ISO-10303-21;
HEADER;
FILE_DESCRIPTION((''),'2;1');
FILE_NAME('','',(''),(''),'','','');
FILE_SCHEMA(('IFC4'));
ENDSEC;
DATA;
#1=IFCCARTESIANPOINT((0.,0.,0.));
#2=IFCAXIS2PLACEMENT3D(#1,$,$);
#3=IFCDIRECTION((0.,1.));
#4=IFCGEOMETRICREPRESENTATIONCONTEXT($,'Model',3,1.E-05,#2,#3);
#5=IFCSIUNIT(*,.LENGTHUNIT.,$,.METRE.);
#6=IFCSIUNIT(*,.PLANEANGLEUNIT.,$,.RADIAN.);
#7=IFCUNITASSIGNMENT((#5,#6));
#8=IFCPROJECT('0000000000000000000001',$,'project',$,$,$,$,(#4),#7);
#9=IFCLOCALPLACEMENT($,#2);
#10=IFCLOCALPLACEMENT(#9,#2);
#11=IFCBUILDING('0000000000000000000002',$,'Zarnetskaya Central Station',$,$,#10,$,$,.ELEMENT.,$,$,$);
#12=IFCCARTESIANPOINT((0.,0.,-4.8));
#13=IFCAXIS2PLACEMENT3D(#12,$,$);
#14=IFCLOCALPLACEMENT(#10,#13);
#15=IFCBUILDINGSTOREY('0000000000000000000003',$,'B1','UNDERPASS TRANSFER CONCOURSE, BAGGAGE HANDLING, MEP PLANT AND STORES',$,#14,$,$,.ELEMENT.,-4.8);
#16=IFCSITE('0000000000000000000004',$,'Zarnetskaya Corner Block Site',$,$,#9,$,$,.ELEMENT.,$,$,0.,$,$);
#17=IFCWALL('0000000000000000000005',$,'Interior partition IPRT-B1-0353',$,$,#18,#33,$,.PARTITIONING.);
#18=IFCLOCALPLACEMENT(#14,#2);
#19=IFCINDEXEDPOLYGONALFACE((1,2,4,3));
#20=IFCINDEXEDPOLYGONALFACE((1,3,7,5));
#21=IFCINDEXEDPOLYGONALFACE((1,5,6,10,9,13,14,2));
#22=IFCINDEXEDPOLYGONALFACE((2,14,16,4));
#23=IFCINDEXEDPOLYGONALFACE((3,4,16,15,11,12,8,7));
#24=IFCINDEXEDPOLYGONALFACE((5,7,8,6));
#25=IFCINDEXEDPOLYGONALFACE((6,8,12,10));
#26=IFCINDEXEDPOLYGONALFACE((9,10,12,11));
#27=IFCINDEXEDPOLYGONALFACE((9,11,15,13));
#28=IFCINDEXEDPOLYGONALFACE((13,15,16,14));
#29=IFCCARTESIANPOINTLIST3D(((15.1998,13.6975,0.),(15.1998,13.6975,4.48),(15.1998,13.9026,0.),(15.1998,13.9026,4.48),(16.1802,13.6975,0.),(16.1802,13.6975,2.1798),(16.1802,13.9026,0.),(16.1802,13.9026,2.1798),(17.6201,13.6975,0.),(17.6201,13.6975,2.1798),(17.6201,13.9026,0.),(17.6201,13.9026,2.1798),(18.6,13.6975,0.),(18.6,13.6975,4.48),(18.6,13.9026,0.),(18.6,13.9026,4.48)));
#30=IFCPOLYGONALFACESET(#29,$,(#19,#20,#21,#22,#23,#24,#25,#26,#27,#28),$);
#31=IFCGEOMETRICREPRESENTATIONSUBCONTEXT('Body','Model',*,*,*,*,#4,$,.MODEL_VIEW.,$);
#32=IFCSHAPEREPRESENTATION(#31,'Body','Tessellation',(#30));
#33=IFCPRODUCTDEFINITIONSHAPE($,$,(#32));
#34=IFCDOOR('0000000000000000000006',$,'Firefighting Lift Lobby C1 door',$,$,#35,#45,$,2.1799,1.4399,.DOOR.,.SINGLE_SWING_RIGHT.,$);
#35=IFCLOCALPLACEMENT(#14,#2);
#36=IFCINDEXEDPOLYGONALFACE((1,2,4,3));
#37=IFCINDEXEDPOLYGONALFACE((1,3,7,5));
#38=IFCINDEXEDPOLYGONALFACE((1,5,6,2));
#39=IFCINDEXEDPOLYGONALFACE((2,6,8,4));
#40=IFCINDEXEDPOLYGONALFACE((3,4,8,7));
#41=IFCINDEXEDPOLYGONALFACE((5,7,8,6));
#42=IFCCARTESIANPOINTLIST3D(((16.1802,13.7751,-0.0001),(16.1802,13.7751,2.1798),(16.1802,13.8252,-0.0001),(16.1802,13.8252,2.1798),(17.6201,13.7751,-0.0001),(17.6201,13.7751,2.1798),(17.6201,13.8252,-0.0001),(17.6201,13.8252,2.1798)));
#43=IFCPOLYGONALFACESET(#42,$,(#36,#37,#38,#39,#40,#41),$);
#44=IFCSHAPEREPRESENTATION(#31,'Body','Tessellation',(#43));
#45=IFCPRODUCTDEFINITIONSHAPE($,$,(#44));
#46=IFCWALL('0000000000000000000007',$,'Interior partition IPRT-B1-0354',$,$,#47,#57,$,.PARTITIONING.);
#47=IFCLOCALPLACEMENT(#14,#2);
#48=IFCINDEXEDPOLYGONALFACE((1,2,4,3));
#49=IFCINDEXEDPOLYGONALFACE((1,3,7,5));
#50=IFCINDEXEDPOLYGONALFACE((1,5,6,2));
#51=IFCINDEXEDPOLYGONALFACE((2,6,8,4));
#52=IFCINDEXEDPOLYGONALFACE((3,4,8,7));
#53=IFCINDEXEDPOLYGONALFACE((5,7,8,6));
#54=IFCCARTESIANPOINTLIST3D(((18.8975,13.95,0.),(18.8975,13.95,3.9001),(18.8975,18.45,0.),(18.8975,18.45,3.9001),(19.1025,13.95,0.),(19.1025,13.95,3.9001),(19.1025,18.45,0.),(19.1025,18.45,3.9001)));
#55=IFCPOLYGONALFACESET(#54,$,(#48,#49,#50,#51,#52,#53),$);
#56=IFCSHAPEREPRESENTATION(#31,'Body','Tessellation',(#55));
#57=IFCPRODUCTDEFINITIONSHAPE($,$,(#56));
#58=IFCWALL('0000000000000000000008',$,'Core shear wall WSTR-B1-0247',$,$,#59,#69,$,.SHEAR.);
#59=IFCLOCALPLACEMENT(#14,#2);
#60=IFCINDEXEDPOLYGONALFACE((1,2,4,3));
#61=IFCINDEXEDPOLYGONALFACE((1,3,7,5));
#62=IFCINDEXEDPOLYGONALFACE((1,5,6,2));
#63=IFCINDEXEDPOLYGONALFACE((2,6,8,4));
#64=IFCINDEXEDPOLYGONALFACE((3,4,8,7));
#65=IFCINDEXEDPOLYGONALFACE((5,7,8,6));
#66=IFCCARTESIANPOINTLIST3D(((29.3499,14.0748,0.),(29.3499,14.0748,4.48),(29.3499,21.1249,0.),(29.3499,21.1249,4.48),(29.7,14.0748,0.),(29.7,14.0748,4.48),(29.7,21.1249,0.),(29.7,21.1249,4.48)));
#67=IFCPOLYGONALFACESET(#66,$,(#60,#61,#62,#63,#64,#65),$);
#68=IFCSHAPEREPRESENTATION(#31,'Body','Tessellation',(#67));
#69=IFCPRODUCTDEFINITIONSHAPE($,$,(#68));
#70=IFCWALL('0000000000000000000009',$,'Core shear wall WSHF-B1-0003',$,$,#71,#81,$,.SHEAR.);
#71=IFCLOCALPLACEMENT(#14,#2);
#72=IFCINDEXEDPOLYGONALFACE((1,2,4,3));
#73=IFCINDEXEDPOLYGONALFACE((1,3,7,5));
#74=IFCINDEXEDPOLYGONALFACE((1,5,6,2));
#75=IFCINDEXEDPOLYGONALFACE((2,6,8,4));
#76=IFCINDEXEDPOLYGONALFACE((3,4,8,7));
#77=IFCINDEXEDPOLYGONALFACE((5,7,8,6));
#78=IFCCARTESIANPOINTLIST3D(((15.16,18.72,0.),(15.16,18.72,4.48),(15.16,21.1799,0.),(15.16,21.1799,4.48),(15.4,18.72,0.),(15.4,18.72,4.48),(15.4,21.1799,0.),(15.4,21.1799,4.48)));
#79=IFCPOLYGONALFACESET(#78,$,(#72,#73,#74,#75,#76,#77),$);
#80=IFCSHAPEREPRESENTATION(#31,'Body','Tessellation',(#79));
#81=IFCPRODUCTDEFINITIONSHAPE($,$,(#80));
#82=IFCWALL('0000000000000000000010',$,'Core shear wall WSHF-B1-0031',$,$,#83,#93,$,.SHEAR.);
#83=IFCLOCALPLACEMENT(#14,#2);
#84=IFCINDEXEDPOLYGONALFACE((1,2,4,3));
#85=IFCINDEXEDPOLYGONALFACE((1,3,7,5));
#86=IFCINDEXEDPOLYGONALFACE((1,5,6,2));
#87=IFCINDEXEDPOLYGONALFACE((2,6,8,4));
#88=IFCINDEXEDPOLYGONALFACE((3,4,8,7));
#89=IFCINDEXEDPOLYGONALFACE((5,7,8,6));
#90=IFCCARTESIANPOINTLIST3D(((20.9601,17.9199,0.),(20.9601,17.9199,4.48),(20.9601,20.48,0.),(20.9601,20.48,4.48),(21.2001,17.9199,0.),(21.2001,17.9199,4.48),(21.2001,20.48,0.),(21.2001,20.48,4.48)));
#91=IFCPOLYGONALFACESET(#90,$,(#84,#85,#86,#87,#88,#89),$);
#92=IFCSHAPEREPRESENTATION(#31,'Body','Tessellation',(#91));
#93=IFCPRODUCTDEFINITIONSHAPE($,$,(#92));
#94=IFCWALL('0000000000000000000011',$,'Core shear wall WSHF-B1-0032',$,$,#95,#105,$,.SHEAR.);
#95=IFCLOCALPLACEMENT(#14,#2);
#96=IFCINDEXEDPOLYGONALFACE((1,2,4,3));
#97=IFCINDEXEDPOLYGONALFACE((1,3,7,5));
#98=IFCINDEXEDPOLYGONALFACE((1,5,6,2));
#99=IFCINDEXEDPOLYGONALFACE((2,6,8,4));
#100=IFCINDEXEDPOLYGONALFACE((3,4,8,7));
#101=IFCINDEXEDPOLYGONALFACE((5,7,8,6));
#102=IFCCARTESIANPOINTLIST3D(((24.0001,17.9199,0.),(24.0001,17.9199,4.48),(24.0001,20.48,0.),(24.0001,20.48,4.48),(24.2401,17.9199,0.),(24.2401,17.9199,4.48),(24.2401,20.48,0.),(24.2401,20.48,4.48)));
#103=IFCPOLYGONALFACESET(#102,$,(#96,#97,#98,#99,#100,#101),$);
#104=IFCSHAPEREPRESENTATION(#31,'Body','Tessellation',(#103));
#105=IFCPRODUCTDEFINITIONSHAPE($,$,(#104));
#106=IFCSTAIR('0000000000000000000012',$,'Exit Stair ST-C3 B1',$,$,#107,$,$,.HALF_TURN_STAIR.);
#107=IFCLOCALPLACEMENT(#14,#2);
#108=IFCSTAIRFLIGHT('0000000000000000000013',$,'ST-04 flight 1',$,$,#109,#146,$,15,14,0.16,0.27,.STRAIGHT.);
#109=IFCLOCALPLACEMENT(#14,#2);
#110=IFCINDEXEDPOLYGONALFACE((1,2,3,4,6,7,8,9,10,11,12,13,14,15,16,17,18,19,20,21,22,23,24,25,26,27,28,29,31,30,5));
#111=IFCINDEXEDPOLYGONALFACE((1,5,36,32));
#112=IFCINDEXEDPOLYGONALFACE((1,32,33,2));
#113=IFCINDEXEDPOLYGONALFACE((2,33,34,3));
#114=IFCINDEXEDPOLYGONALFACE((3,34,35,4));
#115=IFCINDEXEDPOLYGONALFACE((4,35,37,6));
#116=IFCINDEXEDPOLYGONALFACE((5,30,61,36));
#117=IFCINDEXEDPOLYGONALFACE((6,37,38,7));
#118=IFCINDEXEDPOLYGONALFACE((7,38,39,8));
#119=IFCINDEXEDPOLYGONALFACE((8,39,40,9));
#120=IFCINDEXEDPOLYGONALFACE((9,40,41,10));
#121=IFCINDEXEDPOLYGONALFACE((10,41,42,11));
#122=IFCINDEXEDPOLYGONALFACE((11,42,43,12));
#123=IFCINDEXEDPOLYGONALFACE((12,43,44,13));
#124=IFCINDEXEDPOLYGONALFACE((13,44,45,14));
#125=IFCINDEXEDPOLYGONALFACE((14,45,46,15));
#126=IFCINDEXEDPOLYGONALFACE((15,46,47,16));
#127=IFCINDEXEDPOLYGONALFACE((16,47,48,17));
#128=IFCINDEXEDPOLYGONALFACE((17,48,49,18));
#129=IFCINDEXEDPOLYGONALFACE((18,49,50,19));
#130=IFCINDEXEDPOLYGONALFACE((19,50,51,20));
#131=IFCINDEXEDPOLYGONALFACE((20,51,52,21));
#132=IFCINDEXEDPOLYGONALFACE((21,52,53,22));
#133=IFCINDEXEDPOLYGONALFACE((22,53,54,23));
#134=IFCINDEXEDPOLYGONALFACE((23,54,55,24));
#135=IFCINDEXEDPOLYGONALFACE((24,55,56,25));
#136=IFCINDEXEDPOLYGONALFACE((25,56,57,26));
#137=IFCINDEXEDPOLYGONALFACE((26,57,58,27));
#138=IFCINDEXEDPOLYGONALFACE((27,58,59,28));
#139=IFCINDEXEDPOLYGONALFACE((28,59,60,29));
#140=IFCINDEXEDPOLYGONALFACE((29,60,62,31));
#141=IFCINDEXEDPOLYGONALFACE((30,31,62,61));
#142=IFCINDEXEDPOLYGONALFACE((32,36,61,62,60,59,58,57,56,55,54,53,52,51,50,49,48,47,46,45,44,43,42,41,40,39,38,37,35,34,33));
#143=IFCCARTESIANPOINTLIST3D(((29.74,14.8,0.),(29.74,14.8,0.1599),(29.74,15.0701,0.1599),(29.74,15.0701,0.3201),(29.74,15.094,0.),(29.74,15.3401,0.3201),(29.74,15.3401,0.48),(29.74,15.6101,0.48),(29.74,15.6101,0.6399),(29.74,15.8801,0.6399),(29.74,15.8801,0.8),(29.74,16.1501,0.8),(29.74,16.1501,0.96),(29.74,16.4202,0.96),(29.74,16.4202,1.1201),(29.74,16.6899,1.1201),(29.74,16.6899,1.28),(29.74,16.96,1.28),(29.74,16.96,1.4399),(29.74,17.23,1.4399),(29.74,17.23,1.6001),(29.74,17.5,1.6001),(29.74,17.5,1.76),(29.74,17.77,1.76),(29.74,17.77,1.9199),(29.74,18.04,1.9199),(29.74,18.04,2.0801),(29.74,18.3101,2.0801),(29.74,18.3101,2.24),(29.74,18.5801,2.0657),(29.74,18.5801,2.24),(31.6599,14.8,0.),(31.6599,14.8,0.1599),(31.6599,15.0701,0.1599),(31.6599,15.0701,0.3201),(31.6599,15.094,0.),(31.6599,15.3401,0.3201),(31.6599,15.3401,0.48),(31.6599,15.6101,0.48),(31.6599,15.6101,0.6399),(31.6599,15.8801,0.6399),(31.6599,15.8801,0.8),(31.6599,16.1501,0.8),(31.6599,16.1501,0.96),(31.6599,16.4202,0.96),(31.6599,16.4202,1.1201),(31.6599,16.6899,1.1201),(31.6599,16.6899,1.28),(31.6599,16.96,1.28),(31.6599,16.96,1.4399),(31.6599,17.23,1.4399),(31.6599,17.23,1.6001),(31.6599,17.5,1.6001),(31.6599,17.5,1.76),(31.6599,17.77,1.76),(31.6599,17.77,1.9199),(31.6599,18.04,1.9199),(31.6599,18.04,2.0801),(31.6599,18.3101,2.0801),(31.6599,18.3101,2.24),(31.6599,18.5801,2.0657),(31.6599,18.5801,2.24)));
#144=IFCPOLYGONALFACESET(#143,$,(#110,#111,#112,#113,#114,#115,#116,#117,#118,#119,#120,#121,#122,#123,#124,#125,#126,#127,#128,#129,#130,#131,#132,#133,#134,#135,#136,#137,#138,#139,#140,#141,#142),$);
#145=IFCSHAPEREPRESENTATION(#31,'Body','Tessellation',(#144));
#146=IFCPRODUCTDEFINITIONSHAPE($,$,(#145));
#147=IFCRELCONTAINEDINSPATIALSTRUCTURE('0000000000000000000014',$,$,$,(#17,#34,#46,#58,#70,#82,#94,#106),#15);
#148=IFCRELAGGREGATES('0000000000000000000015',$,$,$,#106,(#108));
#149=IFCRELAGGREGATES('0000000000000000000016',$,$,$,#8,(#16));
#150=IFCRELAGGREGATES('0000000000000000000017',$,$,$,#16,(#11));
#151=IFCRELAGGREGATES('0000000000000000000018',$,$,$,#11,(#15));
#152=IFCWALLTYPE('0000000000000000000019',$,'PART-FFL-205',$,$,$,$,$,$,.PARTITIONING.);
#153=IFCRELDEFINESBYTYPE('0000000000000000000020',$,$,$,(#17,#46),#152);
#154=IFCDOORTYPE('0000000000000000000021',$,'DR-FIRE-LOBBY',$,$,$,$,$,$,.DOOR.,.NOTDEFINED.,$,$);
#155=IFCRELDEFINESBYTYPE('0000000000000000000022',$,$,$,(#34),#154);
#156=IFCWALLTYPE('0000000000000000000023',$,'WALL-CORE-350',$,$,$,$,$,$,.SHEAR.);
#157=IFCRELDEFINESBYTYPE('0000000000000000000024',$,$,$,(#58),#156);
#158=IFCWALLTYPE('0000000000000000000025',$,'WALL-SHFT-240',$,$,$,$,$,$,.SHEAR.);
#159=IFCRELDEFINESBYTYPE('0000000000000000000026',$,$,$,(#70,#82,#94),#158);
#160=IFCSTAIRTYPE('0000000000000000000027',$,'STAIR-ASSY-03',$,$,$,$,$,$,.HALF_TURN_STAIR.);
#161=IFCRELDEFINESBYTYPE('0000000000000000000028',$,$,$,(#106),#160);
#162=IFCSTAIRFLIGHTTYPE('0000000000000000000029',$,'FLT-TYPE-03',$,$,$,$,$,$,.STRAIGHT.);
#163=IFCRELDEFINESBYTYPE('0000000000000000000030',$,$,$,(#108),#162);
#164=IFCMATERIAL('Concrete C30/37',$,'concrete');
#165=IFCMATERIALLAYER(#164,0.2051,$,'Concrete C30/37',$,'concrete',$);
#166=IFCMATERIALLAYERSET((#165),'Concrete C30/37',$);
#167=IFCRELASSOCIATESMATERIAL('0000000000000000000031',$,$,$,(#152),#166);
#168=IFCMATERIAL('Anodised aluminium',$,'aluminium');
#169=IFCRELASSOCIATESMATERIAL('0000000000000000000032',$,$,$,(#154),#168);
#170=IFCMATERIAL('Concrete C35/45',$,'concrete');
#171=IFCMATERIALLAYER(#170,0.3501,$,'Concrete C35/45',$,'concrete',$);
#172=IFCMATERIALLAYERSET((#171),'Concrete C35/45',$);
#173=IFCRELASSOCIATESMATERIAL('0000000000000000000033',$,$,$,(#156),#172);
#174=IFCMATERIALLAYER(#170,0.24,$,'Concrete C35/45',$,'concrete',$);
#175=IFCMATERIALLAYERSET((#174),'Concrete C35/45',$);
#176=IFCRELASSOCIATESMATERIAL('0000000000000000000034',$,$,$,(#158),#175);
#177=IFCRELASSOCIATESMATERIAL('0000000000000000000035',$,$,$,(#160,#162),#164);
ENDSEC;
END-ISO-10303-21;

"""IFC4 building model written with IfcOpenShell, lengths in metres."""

from ifc_helpers import new_model, si_unit, direction, frame, frame_2d, origin, place, context, subcontext, project, spatial, polyline, rectangle, outline, extrude, material, layer, layer_set, type_object, element, fill, aggregate, save


model = new_model("IFC4")

# Units and contexts
model_context = context("Model", 3, precision=1e-05, world=origin(), true_north=direction((0.0, 1.0)))
body_context = subcontext(model_context, "Body", "Model", "MODEL_VIEW")
ifc_project = project(units=[si_unit("LENGTHUNIT", "METRE"), si_unit("PLANEANGLEUNIT", "RADIAN")], contexts=[model_context])

# Site, building, storey
site_placement = place(None, origin())
site = spatial("IfcSite", under=ifc_project, at=site_placement, Name="Zarnetskaya Corner Block Site", CompositionType="ELEMENT", RefElevation=0.0)
building_placement = place(site_placement, origin())
building = spatial("IfcBuilding", under=site, at=building_placement, Name="Zarnetskaya Central Station", CompositionType="ELEMENT")
storey_placement = place(building_placement, frame((0.0, 0.0, -4.8)))
storey = spatial("IfcBuildingStorey", under=building, at=storey_placement, Name="B1", Description="UNDERPASS TRANSFER CONCOURSE, BAGGAGE HANDLING, MEP PLANT AND STORES", CompositionType="ELEMENT", Elevation=-4.8)

# Shared definitions
ifc_material_1 = material(Name="Concrete C35/45", Category="concrete")

# Wall, opening, door
ifc_material_2 = material(Name="Concrete C30/37", Category="concrete")
ifc_layer_1 = layer(ifc_material_2, 0.2051, Name="Concrete C30/37", Category="concrete")
ifc_layer_set_1 = layer_set([ifc_layer_1], Name="Concrete C30/37")
wall_type_1 = type_object("IfcWallType", Name="PART-FFL-205", PredefinedType="PARTITIONING", material=ifc_layer_set_1)
wall_1_placement = place(storey_placement, frame((18.6001, 13.8, 0.0), z_axis=(0.0, 0.0, 1.0), x_axis=(-1.0, 0.0, 0.0)))
wall_1 = element("IfcWall", 1, at=wall_1_placement, inside=storey, type_object=wall_type_1, Name="Interior partition IPRT-B1-0353", PredefinedType="PARTITIONING", context=body_context, shape_type="SweptSolid", body=[
    extrude(rectangle(XDim=3.4001, YDim=0.2051, at=frame_2d((1.7002, 0.0))), origin(), (0.0, 0.0, 1.0), 4.48),
])
opening_1_placement = place(wall_1_placement, frame((0.98, 0.0, 0.0)))
opening_1 = element("IfcOpeningElement", 2, at=opening_1_placement, cuts=wall_1, PredefinedType="OPENING", context=body_context, shape_type="SweptSolid", body=[
    extrude(rectangle(XDim=1.4399, YDim=2.1799, at=frame_2d((0.72, 1.0898))), frame((0.0, 0.1125, 0.0), z_axis=(0.0, -1.0, 0.0), x_axis=(1.0, 0.0, 0.0)), (0.0, 0.0, 1.0), 0.2251),
])
ifc_material_3 = material(Name="Anodised aluminium", Category="aluminium")
door_type_1 = type_object("IfcDoorType", Name="DR-FIRE-LOBBY", OperationType="NOTDEFINED", PredefinedType="DOOR", material=ifc_material_3)
door_1_placement = place(opening_1_placement, origin())
door_1 = element("IfcDoor", 3, at=door_1_placement, inside=storey, type_object=door_type_1, Name="Firefighting Lift Lobby C1 door", OperationType="SINGLE_SWING_RIGHT", OverallHeight=2.1799, OverallWidth=1.4399, PredefinedType="DOOR", context=body_context, shape_type="SweptSolid", body=[
    extrude(rectangle(XDim=1.4399, YDim=2.1799, at=frame_2d((0.72, 1.0898))), frame((0.0, 0.0249, 0.0), z_axis=(0.0, -1.0, 0.0), x_axis=(1.0, 0.0, 0.0)), (0.0, 0.0, 1.0), 0.05),
])
fill(opening_1, door_1)

# Walls
wall_2_placement = place(storey_placement, frame((19.0, 18.45, 0.0), z_axis=(0.0, 0.0, 1.0), x_axis=(0.0, -1.0, 0.0)))
element("IfcWall", 4, at=wall_2_placement, inside=storey, type_object=wall_type_1, Name="Interior partition IPRT-B1-0354", PredefinedType="PARTITIONING", context=body_context, shape_type="SweptSolid", body=[
    extrude(rectangle(XDim=4.5, YDim=0.2051, at=frame_2d((2.25, 0.0))), origin(), (0.0, 0.0, 1.0), 3.9001),
])
ifc_layer_2 = layer(ifc_material_1, 0.3501, Name="Concrete C35/45", Category="concrete")
ifc_layer_set_2 = layer_set([ifc_layer_2], Name="Concrete C35/45")
wall_type_2 = type_object("IfcWallType", Name="WALL-CORE-350", PredefinedType="SHEAR", material=ifc_layer_set_2)
wall_3_placement = place(storey_placement, frame((29.5249, 14.075, 0.0), z_axis=(0.0, 0.0, 1.0), x_axis=(0.0, 1.0, 0.0)))
element("IfcWall", 5, at=wall_3_placement, inside=storey, type_object=wall_type_2, Name="Core shear wall WSTR-B1-0247", PredefinedType="SHEAR", context=body_context, shape_type="SweptSolid", body=[
    extrude(rectangle(XDim=7.05, YDim=0.3501, at=frame_2d((3.5249, 0.0))), origin(), (0.0, 0.0, 1.0), 4.48),
])

# Shared definitions
ifc_layer_3 = layer(ifc_material_1, 0.24, Name="Concrete C35/45", Category="concrete")
ifc_layer_set_3 = layer_set([ifc_layer_3], Name="Concrete C35/45")
wall_type_3 = type_object("IfcWallType", Name="WALL-SHFT-240", PredefinedType="SHEAR", material=ifc_layer_set_3)

# Wall
wall_4_placement = place(storey_placement, frame((15.28, 18.72, 0.0), z_axis=(0.0, 0.0, 1.0), x_axis=(0.0, 1.0, 0.0)))
element("IfcWall", 6, at=wall_4_placement, inside=storey, type_object=wall_type_3, Name="Core shear wall WSHF-B1-0003", PredefinedType="SHEAR", context=body_context, shape_type="SweptSolid", body=[
    extrude(rectangle(XDim=2.46, YDim=0.24, at=frame_2d((1.23, 0.0))), origin(), (0.0, 0.0, 1.0), 4.48),
])

# Walls
for number, where, z_axis, x_axis, name in (
    (7, (21.0801, 17.9199, 0.0), (0.0, 0.0, 1.0), (0.0, 1.0, 0.0), "Core shear wall WSHF-B1-0031"),
    (8, (24.1201, 20.48, 0.0), (0.0, 0.0, 1.0), (0.0, -1.0, 0.0), "Core shear wall WSHF-B1-0032"),
):
    element("IfcWall", number, at=place(storey_placement, frame(where, z_axis=z_axis, x_axis=x_axis)), inside=storey, type_object=wall_type_3, Name=name, PredefinedType="SHEAR", context=body_context, shape_type="SweptSolid", body=[
        extrude(rectangle(XDim=2.5601, YDim=0.24, at=frame_2d((1.28, 0.0))), origin(), (0.0, 0.0, 1.0), 4.48),
    ])

# Stair, stair flight
stair_type = type_object("IfcStairType", Name="STAIR-ASSY-03", PredefinedType="HALF_TURN_STAIR", material=ifc_material_2)
stair_placement = place(storey_placement, origin())
stair = element("IfcStair", 9, at=stair_placement, inside=storey, type_object=stair_type, Name="Exit Stair ST-C3 B1", PredefinedType="HALF_TURN_STAIR")
stair_flight_type = type_object("IfcStairFlightType", Name="FLT-TYPE-03", PredefinedType="STRAIGHT", material=ifc_material_2)
stair_flight_1_placement = place(storey_placement, frame((30.7, 14.8, 0.0), z_axis=(0.0, 0.0, 1.0), x_axis=(0.0, 1.0, 0.0)))
stair_flight_1 = element("IfcStairFlight", 10, at=stair_flight_1_placement, type_object=stair_flight_type, Name="ST-04 flight 1", NumberOfRisers=15, NumberOfTreads=14, PredefinedType="STRAIGHT", RiserHeight=0.16, TreadLength=0.27, context=body_context, shape_type="SweptSolid", body=[
    extrude(outline(polyline([(0.0, 0.0), (0.0, 0.1599), (0.27, 0.1599), (0.27, 0.3201), (0.54, 0.3201), (0.54, 0.48), (0.8101, 0.48), (0.8101, 0.6399), (1.0801, 0.6399), (1.0801, 0.8), (1.3501, 0.8), (1.3501, 0.96), (1.6201, 0.96), (1.6201, 1.1201), (1.8899, 1.1201), (1.8899, 1.28), (2.1599, 1.28), (2.1599, 1.4399), (2.4299, 1.4399), (2.4299, 1.6001), (2.7, 1.6001), (2.7, 1.76), (2.97, 1.76), (2.97, 1.9199), (3.24, 1.9199), (3.24, 2.0801), (3.51, 2.0801), (3.51, 2.24), (3.78, 2.24), (3.78, 2.3999), (3.78, 2.0657), (0.2939, 0.0), (0.0, 0.0)])), frame((0.0, 0.96, 0.0), z_axis=(0.0, -1.0, 0.0), x_axis=(1.0, 0.0, 0.0)), (0.0, 0.0, 1.0), 1.9199),
])
aggregate(stair, [stair_flight_1])

save(model, "model.ifc")
